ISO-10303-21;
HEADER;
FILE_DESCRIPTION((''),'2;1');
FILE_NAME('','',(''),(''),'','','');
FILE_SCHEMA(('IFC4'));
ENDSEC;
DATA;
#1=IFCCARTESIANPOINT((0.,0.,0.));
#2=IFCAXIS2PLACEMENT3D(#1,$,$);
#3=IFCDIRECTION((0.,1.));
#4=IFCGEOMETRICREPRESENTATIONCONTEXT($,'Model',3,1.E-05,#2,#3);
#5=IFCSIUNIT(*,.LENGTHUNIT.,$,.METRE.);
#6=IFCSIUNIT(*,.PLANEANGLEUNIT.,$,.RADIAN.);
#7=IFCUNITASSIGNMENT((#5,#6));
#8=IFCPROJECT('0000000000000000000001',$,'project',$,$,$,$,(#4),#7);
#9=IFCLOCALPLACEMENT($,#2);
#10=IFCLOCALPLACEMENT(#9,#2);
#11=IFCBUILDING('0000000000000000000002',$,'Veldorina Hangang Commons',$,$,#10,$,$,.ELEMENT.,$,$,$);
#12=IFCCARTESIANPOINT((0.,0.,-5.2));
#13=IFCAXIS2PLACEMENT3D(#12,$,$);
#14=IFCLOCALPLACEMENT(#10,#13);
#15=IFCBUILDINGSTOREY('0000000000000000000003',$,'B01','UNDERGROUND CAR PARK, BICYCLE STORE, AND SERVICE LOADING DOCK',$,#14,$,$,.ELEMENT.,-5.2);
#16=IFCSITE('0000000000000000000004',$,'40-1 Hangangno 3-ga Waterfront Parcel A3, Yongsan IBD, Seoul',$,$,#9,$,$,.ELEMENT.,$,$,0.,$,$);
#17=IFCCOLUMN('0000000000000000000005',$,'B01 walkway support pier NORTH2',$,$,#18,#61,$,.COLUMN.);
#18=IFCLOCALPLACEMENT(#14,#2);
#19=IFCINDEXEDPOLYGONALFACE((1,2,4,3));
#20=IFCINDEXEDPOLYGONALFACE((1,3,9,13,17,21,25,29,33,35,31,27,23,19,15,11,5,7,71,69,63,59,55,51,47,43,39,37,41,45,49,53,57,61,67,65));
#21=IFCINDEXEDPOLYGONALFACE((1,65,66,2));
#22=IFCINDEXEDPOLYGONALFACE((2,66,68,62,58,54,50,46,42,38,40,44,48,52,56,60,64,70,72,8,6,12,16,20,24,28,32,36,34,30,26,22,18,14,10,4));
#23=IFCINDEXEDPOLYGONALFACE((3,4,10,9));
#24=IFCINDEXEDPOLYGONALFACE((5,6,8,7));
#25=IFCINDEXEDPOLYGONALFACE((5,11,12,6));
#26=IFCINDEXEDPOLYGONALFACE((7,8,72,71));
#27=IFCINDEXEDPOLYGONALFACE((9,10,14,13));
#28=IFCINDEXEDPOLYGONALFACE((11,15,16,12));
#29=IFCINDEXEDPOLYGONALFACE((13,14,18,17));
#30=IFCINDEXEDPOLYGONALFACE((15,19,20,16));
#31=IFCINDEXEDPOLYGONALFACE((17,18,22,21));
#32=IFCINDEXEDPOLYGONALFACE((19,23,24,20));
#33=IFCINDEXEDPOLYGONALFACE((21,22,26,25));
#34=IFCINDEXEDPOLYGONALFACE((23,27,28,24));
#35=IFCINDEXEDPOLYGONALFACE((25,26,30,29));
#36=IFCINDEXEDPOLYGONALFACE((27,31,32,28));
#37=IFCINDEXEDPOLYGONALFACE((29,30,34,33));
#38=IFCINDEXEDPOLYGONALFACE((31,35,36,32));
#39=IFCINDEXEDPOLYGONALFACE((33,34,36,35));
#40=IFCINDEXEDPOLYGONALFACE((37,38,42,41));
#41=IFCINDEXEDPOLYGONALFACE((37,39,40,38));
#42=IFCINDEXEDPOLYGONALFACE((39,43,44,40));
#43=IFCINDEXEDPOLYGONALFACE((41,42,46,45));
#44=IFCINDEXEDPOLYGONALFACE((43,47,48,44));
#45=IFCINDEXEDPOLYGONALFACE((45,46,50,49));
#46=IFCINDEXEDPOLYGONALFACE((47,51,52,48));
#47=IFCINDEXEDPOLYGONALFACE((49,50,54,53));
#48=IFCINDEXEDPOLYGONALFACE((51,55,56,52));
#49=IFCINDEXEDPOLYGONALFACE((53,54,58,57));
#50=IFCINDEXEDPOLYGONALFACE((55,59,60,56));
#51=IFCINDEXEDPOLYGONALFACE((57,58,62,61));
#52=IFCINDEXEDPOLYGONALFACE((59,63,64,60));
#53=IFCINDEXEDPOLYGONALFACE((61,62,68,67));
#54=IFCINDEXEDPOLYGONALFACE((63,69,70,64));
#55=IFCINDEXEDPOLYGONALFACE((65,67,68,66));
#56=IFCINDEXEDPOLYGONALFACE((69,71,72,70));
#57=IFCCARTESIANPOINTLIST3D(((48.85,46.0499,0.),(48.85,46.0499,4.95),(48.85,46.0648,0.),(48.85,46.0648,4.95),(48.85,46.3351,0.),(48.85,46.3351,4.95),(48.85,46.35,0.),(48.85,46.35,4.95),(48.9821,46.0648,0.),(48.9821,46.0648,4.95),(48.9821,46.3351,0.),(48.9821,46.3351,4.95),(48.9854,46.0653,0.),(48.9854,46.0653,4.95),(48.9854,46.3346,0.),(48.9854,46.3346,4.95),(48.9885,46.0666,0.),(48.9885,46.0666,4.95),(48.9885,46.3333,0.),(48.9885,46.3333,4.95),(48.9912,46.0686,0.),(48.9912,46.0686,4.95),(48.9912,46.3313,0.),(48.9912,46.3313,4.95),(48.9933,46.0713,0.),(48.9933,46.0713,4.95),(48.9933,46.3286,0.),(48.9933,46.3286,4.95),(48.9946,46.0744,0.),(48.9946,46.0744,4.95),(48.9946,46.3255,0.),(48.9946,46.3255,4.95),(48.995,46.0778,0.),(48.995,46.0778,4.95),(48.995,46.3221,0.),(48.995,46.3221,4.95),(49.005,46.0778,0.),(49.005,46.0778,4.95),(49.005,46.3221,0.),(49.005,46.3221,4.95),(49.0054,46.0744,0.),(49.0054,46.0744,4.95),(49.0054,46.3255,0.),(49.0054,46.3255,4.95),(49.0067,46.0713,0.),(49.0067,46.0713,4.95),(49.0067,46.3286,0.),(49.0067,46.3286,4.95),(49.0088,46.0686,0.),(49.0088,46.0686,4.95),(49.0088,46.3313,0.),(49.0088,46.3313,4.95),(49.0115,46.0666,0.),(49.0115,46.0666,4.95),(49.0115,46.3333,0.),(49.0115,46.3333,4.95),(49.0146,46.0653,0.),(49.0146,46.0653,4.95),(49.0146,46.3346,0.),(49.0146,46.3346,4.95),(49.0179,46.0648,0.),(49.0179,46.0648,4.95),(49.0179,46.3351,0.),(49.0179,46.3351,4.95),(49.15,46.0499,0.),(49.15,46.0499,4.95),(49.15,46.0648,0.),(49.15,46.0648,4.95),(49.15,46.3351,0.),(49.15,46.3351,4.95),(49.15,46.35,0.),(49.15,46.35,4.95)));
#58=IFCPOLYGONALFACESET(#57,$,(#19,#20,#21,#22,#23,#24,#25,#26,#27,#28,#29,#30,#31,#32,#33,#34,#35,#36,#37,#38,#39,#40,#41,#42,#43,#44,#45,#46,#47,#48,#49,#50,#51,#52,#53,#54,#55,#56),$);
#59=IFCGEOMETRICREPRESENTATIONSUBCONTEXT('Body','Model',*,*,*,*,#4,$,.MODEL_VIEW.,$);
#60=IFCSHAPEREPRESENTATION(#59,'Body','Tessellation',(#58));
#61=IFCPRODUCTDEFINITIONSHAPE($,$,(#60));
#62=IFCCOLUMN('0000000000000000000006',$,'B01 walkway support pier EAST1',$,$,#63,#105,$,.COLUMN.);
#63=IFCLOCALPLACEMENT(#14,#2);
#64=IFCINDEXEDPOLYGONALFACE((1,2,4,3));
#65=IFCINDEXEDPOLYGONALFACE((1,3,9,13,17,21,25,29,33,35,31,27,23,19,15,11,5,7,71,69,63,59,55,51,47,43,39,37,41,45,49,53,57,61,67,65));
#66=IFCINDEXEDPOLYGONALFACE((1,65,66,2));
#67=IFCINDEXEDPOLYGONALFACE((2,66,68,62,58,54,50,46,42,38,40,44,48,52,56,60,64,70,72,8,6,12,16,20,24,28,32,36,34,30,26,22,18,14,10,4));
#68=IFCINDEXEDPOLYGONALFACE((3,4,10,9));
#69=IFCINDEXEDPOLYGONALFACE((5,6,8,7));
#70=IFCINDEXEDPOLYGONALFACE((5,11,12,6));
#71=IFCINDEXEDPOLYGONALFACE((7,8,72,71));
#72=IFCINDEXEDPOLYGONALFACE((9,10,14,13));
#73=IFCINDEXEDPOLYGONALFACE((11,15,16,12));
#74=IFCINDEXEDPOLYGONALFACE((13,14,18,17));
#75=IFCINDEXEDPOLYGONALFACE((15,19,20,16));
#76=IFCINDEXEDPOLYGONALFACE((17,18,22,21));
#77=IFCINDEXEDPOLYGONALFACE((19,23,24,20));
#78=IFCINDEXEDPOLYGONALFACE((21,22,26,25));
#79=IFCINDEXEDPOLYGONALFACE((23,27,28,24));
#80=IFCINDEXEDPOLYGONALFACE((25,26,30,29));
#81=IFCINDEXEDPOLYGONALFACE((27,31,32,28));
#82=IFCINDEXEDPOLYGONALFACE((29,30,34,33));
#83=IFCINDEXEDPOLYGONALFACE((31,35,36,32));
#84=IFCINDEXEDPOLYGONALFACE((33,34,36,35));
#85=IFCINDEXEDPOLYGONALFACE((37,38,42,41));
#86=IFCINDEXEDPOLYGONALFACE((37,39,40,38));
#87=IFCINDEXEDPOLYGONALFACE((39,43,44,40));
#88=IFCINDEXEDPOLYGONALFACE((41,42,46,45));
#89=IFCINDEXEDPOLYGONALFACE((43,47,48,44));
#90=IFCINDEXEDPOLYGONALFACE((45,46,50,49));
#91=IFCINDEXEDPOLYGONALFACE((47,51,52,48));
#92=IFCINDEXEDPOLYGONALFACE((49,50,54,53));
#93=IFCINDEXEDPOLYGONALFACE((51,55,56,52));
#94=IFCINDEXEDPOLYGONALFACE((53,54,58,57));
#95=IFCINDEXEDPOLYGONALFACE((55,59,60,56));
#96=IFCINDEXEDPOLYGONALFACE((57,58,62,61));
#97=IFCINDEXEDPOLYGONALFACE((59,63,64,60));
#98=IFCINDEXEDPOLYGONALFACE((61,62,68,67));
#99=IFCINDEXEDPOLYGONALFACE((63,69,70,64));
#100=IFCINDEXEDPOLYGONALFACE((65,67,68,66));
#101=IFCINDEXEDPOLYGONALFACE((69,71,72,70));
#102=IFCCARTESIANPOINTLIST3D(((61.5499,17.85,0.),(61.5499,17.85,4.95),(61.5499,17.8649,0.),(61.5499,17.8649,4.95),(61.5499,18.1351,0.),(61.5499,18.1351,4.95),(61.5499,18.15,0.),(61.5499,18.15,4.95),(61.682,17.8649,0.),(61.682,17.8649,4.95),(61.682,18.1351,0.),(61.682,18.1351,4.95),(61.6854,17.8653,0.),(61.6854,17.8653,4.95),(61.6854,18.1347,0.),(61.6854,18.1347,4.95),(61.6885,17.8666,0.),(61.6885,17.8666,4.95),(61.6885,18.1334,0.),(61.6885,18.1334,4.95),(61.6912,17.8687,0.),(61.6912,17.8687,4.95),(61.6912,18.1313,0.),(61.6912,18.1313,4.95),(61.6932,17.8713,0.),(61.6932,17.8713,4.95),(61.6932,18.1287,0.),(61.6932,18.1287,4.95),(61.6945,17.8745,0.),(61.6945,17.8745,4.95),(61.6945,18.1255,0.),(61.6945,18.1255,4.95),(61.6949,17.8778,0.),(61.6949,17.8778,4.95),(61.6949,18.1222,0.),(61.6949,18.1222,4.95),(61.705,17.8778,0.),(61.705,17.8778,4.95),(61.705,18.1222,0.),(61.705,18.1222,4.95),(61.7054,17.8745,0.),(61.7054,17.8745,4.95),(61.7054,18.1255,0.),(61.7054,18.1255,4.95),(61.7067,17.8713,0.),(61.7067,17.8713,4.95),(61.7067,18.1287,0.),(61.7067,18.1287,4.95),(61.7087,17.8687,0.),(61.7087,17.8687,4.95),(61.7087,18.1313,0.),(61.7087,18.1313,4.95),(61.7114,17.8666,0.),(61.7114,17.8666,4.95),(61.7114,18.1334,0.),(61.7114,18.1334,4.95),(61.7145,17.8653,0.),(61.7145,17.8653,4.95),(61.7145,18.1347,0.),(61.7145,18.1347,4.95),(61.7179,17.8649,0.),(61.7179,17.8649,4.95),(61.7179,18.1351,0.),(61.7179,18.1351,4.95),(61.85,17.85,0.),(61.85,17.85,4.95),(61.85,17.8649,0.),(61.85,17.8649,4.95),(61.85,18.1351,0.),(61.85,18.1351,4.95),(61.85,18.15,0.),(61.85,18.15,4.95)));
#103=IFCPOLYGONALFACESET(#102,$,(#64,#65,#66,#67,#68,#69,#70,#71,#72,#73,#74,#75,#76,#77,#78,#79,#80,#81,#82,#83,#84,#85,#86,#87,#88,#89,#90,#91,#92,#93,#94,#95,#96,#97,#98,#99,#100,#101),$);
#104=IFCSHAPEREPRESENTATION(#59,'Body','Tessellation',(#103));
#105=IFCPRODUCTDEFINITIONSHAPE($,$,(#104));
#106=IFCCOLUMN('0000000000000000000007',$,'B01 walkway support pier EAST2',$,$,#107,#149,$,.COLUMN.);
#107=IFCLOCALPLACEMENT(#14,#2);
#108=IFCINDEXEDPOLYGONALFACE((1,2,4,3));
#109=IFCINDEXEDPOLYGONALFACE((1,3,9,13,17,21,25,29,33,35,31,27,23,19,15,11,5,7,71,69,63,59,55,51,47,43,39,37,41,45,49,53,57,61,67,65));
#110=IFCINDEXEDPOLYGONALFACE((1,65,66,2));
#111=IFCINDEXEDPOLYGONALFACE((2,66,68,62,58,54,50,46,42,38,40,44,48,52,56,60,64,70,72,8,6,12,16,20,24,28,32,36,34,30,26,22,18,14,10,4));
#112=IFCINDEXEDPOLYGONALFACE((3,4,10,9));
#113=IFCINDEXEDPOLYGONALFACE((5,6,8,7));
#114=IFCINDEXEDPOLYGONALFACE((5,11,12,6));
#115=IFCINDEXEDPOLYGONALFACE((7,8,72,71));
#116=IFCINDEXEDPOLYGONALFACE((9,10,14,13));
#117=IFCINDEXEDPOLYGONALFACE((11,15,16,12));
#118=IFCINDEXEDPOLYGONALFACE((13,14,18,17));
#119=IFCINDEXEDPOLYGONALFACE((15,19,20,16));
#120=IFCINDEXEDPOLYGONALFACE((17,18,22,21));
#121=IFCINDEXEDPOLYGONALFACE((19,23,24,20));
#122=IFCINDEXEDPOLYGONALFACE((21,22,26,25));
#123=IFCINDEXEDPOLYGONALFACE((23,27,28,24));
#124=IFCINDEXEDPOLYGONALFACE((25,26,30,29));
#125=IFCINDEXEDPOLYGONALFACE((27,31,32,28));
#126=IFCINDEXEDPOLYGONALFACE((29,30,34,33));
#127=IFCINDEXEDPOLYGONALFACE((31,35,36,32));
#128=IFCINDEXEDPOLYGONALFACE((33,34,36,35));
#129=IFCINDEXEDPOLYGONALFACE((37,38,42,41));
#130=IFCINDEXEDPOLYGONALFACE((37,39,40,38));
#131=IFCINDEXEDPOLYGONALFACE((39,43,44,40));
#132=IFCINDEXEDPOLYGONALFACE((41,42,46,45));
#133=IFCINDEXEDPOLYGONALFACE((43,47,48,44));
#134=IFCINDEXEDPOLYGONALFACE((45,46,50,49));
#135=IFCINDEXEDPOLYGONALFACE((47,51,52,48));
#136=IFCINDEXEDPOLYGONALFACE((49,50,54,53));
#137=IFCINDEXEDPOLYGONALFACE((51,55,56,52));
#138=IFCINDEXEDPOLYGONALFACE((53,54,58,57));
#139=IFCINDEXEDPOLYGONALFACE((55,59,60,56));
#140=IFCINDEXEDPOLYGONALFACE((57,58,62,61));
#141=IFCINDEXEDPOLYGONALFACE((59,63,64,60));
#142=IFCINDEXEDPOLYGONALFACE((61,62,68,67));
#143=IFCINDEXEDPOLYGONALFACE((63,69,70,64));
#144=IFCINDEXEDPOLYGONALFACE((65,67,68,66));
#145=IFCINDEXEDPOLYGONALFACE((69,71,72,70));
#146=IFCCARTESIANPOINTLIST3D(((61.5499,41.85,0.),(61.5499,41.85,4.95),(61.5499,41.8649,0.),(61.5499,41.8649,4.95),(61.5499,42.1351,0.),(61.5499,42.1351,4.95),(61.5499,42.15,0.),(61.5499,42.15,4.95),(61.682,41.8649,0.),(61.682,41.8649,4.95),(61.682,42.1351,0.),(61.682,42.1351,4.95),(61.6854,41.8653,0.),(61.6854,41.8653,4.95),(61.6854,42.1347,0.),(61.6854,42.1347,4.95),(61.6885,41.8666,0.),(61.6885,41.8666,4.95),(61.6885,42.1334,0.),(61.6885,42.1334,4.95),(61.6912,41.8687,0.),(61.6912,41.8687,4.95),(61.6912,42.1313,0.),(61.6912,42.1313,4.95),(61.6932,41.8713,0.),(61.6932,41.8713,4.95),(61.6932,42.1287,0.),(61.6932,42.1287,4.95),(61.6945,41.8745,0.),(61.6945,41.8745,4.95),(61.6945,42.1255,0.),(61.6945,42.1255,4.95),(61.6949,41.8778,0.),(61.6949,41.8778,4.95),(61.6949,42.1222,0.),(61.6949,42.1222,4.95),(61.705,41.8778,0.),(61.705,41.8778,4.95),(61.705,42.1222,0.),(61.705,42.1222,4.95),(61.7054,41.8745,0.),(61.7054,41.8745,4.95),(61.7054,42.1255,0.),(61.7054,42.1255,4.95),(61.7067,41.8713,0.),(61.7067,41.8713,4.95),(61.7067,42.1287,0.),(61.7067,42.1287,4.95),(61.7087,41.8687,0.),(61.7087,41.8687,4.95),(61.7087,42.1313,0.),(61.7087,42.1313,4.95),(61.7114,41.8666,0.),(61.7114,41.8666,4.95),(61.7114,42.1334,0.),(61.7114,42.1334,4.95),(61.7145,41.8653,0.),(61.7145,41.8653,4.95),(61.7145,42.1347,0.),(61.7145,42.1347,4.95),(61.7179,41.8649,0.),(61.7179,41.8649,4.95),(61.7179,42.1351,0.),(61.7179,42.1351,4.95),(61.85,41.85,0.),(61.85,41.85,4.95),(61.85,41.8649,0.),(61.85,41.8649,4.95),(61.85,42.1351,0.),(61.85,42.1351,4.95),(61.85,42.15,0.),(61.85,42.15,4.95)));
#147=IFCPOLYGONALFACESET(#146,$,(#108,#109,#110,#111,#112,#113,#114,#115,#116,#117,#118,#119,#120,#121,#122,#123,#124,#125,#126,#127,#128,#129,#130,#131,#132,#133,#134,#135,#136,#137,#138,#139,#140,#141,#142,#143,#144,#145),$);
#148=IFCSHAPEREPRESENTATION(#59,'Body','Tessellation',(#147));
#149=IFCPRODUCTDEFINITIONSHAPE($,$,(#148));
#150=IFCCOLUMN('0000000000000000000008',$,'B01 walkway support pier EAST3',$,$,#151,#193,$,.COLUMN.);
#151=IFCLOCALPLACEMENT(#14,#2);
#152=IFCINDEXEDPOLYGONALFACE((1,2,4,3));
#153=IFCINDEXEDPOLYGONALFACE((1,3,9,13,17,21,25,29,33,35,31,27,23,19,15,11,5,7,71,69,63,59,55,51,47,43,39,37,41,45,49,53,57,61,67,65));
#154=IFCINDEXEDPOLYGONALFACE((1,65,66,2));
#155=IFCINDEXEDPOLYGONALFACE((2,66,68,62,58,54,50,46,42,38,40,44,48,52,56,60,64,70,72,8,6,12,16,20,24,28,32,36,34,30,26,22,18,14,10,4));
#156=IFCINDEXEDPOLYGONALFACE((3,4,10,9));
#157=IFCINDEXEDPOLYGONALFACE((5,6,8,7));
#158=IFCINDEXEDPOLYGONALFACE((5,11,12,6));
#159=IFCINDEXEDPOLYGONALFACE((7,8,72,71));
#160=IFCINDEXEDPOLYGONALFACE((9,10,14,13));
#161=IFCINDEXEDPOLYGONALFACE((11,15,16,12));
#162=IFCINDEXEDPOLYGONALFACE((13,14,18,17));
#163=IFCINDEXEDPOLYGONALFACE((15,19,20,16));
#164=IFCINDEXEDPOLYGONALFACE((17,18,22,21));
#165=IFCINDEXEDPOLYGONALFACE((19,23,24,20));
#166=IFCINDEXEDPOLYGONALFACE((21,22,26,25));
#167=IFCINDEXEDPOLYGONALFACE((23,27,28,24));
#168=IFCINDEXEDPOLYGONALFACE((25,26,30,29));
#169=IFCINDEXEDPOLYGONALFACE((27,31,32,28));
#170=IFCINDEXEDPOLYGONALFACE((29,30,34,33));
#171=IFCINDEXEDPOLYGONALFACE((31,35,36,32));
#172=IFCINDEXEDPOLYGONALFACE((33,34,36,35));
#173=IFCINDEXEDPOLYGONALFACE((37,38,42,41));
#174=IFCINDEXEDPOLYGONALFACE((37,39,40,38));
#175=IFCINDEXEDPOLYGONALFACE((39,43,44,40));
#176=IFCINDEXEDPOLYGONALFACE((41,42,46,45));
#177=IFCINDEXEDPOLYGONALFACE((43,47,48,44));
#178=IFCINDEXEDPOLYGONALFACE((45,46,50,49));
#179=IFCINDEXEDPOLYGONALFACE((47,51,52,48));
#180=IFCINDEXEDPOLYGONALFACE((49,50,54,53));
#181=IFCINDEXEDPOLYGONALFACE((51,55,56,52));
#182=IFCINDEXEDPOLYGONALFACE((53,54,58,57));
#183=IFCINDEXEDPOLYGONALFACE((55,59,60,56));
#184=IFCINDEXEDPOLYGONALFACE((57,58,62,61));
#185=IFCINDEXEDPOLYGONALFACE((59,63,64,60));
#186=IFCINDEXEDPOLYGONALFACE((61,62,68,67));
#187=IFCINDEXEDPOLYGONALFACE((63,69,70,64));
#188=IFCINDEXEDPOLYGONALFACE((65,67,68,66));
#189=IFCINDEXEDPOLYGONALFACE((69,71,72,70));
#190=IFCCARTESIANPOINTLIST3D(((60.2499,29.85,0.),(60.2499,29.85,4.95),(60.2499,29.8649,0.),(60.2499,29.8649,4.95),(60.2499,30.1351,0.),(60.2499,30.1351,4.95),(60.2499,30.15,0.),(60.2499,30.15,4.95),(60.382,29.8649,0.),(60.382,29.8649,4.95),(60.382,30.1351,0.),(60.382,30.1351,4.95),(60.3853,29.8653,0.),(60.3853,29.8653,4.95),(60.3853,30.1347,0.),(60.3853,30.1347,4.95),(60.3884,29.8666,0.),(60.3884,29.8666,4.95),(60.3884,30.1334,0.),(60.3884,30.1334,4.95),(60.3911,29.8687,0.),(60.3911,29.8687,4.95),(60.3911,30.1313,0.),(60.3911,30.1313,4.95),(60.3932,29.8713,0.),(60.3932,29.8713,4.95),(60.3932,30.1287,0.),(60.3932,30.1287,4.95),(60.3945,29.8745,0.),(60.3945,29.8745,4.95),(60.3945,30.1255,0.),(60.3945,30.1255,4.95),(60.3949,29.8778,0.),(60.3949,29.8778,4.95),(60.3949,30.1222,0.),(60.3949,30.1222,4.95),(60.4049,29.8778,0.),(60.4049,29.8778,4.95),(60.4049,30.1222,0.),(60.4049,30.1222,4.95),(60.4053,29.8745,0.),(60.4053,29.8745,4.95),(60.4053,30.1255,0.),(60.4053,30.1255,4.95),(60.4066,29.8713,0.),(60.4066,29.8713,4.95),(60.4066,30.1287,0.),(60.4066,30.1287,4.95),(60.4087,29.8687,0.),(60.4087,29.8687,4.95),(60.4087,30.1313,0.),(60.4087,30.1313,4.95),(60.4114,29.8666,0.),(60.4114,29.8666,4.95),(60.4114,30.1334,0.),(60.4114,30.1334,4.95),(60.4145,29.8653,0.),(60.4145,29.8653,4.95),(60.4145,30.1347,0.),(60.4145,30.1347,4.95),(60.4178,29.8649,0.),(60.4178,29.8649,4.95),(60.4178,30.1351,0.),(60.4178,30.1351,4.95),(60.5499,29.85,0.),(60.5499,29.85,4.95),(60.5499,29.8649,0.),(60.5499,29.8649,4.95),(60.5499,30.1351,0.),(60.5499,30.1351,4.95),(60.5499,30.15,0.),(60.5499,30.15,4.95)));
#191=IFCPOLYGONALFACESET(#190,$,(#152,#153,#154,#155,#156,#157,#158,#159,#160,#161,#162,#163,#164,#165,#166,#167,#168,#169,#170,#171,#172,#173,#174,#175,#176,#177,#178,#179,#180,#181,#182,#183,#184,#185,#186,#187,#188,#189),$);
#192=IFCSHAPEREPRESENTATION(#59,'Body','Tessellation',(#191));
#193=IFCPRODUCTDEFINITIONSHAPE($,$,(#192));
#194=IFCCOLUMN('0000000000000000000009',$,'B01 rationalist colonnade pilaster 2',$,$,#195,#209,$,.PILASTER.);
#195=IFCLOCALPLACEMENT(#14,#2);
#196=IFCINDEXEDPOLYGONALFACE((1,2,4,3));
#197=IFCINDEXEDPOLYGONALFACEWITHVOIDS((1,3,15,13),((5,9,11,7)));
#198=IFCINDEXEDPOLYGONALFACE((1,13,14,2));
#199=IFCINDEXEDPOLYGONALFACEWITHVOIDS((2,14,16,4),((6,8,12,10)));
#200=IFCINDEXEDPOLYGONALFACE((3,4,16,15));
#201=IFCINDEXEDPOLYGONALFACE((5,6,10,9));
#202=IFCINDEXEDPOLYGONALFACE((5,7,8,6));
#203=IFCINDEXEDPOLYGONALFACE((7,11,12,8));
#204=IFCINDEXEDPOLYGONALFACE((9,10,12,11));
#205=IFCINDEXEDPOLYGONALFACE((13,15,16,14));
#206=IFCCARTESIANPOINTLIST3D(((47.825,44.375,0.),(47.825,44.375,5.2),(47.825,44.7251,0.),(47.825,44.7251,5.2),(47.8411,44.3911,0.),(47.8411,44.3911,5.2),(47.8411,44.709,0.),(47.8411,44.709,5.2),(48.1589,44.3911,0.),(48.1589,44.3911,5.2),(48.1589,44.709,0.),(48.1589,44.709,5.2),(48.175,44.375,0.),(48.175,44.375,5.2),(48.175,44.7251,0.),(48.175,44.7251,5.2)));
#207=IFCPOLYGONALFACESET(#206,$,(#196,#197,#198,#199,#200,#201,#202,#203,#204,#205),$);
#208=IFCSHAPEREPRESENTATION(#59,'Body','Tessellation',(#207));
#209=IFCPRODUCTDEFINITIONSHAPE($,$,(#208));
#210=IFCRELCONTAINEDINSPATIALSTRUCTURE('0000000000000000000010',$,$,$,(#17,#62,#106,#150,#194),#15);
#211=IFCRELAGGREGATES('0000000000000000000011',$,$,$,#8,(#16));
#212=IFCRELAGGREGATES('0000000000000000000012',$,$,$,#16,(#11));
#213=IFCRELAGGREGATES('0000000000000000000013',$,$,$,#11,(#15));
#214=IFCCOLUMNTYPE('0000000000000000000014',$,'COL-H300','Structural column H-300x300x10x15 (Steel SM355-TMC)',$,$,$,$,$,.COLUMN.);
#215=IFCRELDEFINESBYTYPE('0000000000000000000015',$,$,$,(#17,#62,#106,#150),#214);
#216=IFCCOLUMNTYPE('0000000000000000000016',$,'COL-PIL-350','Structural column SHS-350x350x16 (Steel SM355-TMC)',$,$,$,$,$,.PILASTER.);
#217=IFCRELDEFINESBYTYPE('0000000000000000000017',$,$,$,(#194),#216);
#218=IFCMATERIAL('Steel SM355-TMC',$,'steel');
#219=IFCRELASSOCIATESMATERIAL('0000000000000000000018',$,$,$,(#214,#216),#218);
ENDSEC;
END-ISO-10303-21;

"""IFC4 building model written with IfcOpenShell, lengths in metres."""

from ifc_helpers import new_model, si_unit, direction, frame, origin, origin_2d, place, context, subcontext, project, spatial, hollow_rectangle, i_section, extrude, material, material_profile, profile_set, type_object, element, save


model = new_model("IFC4")

# Units and contexts
model_context = context("Model", 3, precision=1e-05, world=origin(), true_north=direction((0.0, 1.0)))
body_context = subcontext(model_context, "Body", "Model", "MODEL_VIEW")
ifc_project = project(units=[si_unit("LENGTHUNIT", "METRE"), si_unit("PLANEANGLEUNIT", "RADIAN")], contexts=[model_context])

# Site, building, storey
site_placement = place(None, origin())
site = spatial("IfcSite", under=ifc_project, at=site_placement, Name="40-1 Hangangno 3-ga Waterfront Parcel A3, Yongsan IBD, Seoul", CompositionType="ELEMENT", RefElevation=0.0)
building_placement = place(site_placement, origin())
building = spatial("IfcBuilding", under=site, at=building_placement, Name="Veldorina Hangang Commons", CompositionType="ELEMENT")
storey_placement = place(building_placement, frame((0.0, 0.0, -5.2)))
storey = spatial("IfcBuildingStorey", under=building, at=storey_placement, Name="B01", Description="UNDERGROUND CAR PARK, BICYCLE STORE, AND SERVICE LOADING DOCK", CompositionType="ELEMENT", Elevation=-5.2)

# Columns
ifc_material_1 = material(Name="Steel SM355-TMC", Category="steel")
ifc_material_profile_1 = material_profile(ifc_material_1, i_section(OverallWidth=0.3, OverallDepth=0.3, WebThickness=0.01, FlangeThickness=0.0149, FilletRadius=0.0129, at=origin_2d()), Name="H-300x300x10x15")
ifc_profile_set_1 = profile_set([ifc_material_profile_1], Name="Steel SM355-TMC")
column_type_1 = type_object("IfcColumnType", Name="COL-H300", Description="Structural column H-300x300x10x15 (Steel SM355-TMC)", PredefinedType="COLUMN", material=ifc_profile_set_1)
for number, where, z_axis, x_axis, name in (
    (1, (49.0, 46.2, 0.0), (0.0, 0.0, 1.0), (1.0, 0.0, 0.0), "B01 walkway support pier NORTH2"),
    (2, (61.7, 18.0, 0.0), (0.0, 0.0, 1.0), (1.0, 0.0, 0.0), "B01 walkway support pier EAST1"),
    (3, (61.7, 42.0, 0.0), (0.0, 0.0, 1.0), (1.0, 0.0, 0.0), "B01 walkway support pier EAST2"),
    (4, (60.3999, 30.0, 0.0), (0.0, 0.0, 1.0), (1.0, 0.0, 0.0), "B01 walkway support pier EAST3"),
):
    element("IfcColumn", number, at=place(storey_placement, frame(where, z_axis=z_axis, x_axis=x_axis)), inside=storey, type_object=column_type_1, Name=name, PredefinedType="COLUMN", context=body_context, shape_type="SweptSolid", body=[
        extrude(i_section(OverallWidth=0.3, OverallDepth=0.3, WebThickness=0.01, FlangeThickness=0.0149, FilletRadius=0.0129, at=origin_2d()), origin(), (0.0, 0.0, 1.0), 4.95),
    ])
ifc_material_profile_2 = material_profile(ifc_material_1, hollow_rectangle(XDim=0.3501, YDim=0.3501, WallThickness=0.0161, at=origin_2d()), Name="SHS-350x350x16")
ifc_profile_set_2 = profile_set([ifc_material_profile_2], Name="Steel SM355-TMC")
column_type_2 = type_object("IfcColumnType", Name="COL-PIL-350", Description="Structural column SHS-350x350x16 (Steel SM355-TMC)", PredefinedType="PILASTER", material=ifc_profile_set_2)
for number, where, z_axis, x_axis, name in (
    (5, (48.0, 44.55, 0.0), (0.0, 0.0, 1.0), (1.0, 0.0, 0.0), "B01 rationalist colonnade pilaster 2"),
):
    element("IfcColumn", number, at=place(storey_placement, frame(where, z_axis=z_axis, x_axis=x_axis)), inside=storey, type_object=column_type_2, Name=name, PredefinedType="PILASTER", context=body_context, shape_type="SweptSolid", body=[
        extrude(hollow_rectangle(XDim=0.3501, YDim=0.3501, WallThickness=0.0161, at=origin_2d()), origin(), (0.0, 0.0, 1.0), 5.2),
    ])

save(model, "model.ifc")
